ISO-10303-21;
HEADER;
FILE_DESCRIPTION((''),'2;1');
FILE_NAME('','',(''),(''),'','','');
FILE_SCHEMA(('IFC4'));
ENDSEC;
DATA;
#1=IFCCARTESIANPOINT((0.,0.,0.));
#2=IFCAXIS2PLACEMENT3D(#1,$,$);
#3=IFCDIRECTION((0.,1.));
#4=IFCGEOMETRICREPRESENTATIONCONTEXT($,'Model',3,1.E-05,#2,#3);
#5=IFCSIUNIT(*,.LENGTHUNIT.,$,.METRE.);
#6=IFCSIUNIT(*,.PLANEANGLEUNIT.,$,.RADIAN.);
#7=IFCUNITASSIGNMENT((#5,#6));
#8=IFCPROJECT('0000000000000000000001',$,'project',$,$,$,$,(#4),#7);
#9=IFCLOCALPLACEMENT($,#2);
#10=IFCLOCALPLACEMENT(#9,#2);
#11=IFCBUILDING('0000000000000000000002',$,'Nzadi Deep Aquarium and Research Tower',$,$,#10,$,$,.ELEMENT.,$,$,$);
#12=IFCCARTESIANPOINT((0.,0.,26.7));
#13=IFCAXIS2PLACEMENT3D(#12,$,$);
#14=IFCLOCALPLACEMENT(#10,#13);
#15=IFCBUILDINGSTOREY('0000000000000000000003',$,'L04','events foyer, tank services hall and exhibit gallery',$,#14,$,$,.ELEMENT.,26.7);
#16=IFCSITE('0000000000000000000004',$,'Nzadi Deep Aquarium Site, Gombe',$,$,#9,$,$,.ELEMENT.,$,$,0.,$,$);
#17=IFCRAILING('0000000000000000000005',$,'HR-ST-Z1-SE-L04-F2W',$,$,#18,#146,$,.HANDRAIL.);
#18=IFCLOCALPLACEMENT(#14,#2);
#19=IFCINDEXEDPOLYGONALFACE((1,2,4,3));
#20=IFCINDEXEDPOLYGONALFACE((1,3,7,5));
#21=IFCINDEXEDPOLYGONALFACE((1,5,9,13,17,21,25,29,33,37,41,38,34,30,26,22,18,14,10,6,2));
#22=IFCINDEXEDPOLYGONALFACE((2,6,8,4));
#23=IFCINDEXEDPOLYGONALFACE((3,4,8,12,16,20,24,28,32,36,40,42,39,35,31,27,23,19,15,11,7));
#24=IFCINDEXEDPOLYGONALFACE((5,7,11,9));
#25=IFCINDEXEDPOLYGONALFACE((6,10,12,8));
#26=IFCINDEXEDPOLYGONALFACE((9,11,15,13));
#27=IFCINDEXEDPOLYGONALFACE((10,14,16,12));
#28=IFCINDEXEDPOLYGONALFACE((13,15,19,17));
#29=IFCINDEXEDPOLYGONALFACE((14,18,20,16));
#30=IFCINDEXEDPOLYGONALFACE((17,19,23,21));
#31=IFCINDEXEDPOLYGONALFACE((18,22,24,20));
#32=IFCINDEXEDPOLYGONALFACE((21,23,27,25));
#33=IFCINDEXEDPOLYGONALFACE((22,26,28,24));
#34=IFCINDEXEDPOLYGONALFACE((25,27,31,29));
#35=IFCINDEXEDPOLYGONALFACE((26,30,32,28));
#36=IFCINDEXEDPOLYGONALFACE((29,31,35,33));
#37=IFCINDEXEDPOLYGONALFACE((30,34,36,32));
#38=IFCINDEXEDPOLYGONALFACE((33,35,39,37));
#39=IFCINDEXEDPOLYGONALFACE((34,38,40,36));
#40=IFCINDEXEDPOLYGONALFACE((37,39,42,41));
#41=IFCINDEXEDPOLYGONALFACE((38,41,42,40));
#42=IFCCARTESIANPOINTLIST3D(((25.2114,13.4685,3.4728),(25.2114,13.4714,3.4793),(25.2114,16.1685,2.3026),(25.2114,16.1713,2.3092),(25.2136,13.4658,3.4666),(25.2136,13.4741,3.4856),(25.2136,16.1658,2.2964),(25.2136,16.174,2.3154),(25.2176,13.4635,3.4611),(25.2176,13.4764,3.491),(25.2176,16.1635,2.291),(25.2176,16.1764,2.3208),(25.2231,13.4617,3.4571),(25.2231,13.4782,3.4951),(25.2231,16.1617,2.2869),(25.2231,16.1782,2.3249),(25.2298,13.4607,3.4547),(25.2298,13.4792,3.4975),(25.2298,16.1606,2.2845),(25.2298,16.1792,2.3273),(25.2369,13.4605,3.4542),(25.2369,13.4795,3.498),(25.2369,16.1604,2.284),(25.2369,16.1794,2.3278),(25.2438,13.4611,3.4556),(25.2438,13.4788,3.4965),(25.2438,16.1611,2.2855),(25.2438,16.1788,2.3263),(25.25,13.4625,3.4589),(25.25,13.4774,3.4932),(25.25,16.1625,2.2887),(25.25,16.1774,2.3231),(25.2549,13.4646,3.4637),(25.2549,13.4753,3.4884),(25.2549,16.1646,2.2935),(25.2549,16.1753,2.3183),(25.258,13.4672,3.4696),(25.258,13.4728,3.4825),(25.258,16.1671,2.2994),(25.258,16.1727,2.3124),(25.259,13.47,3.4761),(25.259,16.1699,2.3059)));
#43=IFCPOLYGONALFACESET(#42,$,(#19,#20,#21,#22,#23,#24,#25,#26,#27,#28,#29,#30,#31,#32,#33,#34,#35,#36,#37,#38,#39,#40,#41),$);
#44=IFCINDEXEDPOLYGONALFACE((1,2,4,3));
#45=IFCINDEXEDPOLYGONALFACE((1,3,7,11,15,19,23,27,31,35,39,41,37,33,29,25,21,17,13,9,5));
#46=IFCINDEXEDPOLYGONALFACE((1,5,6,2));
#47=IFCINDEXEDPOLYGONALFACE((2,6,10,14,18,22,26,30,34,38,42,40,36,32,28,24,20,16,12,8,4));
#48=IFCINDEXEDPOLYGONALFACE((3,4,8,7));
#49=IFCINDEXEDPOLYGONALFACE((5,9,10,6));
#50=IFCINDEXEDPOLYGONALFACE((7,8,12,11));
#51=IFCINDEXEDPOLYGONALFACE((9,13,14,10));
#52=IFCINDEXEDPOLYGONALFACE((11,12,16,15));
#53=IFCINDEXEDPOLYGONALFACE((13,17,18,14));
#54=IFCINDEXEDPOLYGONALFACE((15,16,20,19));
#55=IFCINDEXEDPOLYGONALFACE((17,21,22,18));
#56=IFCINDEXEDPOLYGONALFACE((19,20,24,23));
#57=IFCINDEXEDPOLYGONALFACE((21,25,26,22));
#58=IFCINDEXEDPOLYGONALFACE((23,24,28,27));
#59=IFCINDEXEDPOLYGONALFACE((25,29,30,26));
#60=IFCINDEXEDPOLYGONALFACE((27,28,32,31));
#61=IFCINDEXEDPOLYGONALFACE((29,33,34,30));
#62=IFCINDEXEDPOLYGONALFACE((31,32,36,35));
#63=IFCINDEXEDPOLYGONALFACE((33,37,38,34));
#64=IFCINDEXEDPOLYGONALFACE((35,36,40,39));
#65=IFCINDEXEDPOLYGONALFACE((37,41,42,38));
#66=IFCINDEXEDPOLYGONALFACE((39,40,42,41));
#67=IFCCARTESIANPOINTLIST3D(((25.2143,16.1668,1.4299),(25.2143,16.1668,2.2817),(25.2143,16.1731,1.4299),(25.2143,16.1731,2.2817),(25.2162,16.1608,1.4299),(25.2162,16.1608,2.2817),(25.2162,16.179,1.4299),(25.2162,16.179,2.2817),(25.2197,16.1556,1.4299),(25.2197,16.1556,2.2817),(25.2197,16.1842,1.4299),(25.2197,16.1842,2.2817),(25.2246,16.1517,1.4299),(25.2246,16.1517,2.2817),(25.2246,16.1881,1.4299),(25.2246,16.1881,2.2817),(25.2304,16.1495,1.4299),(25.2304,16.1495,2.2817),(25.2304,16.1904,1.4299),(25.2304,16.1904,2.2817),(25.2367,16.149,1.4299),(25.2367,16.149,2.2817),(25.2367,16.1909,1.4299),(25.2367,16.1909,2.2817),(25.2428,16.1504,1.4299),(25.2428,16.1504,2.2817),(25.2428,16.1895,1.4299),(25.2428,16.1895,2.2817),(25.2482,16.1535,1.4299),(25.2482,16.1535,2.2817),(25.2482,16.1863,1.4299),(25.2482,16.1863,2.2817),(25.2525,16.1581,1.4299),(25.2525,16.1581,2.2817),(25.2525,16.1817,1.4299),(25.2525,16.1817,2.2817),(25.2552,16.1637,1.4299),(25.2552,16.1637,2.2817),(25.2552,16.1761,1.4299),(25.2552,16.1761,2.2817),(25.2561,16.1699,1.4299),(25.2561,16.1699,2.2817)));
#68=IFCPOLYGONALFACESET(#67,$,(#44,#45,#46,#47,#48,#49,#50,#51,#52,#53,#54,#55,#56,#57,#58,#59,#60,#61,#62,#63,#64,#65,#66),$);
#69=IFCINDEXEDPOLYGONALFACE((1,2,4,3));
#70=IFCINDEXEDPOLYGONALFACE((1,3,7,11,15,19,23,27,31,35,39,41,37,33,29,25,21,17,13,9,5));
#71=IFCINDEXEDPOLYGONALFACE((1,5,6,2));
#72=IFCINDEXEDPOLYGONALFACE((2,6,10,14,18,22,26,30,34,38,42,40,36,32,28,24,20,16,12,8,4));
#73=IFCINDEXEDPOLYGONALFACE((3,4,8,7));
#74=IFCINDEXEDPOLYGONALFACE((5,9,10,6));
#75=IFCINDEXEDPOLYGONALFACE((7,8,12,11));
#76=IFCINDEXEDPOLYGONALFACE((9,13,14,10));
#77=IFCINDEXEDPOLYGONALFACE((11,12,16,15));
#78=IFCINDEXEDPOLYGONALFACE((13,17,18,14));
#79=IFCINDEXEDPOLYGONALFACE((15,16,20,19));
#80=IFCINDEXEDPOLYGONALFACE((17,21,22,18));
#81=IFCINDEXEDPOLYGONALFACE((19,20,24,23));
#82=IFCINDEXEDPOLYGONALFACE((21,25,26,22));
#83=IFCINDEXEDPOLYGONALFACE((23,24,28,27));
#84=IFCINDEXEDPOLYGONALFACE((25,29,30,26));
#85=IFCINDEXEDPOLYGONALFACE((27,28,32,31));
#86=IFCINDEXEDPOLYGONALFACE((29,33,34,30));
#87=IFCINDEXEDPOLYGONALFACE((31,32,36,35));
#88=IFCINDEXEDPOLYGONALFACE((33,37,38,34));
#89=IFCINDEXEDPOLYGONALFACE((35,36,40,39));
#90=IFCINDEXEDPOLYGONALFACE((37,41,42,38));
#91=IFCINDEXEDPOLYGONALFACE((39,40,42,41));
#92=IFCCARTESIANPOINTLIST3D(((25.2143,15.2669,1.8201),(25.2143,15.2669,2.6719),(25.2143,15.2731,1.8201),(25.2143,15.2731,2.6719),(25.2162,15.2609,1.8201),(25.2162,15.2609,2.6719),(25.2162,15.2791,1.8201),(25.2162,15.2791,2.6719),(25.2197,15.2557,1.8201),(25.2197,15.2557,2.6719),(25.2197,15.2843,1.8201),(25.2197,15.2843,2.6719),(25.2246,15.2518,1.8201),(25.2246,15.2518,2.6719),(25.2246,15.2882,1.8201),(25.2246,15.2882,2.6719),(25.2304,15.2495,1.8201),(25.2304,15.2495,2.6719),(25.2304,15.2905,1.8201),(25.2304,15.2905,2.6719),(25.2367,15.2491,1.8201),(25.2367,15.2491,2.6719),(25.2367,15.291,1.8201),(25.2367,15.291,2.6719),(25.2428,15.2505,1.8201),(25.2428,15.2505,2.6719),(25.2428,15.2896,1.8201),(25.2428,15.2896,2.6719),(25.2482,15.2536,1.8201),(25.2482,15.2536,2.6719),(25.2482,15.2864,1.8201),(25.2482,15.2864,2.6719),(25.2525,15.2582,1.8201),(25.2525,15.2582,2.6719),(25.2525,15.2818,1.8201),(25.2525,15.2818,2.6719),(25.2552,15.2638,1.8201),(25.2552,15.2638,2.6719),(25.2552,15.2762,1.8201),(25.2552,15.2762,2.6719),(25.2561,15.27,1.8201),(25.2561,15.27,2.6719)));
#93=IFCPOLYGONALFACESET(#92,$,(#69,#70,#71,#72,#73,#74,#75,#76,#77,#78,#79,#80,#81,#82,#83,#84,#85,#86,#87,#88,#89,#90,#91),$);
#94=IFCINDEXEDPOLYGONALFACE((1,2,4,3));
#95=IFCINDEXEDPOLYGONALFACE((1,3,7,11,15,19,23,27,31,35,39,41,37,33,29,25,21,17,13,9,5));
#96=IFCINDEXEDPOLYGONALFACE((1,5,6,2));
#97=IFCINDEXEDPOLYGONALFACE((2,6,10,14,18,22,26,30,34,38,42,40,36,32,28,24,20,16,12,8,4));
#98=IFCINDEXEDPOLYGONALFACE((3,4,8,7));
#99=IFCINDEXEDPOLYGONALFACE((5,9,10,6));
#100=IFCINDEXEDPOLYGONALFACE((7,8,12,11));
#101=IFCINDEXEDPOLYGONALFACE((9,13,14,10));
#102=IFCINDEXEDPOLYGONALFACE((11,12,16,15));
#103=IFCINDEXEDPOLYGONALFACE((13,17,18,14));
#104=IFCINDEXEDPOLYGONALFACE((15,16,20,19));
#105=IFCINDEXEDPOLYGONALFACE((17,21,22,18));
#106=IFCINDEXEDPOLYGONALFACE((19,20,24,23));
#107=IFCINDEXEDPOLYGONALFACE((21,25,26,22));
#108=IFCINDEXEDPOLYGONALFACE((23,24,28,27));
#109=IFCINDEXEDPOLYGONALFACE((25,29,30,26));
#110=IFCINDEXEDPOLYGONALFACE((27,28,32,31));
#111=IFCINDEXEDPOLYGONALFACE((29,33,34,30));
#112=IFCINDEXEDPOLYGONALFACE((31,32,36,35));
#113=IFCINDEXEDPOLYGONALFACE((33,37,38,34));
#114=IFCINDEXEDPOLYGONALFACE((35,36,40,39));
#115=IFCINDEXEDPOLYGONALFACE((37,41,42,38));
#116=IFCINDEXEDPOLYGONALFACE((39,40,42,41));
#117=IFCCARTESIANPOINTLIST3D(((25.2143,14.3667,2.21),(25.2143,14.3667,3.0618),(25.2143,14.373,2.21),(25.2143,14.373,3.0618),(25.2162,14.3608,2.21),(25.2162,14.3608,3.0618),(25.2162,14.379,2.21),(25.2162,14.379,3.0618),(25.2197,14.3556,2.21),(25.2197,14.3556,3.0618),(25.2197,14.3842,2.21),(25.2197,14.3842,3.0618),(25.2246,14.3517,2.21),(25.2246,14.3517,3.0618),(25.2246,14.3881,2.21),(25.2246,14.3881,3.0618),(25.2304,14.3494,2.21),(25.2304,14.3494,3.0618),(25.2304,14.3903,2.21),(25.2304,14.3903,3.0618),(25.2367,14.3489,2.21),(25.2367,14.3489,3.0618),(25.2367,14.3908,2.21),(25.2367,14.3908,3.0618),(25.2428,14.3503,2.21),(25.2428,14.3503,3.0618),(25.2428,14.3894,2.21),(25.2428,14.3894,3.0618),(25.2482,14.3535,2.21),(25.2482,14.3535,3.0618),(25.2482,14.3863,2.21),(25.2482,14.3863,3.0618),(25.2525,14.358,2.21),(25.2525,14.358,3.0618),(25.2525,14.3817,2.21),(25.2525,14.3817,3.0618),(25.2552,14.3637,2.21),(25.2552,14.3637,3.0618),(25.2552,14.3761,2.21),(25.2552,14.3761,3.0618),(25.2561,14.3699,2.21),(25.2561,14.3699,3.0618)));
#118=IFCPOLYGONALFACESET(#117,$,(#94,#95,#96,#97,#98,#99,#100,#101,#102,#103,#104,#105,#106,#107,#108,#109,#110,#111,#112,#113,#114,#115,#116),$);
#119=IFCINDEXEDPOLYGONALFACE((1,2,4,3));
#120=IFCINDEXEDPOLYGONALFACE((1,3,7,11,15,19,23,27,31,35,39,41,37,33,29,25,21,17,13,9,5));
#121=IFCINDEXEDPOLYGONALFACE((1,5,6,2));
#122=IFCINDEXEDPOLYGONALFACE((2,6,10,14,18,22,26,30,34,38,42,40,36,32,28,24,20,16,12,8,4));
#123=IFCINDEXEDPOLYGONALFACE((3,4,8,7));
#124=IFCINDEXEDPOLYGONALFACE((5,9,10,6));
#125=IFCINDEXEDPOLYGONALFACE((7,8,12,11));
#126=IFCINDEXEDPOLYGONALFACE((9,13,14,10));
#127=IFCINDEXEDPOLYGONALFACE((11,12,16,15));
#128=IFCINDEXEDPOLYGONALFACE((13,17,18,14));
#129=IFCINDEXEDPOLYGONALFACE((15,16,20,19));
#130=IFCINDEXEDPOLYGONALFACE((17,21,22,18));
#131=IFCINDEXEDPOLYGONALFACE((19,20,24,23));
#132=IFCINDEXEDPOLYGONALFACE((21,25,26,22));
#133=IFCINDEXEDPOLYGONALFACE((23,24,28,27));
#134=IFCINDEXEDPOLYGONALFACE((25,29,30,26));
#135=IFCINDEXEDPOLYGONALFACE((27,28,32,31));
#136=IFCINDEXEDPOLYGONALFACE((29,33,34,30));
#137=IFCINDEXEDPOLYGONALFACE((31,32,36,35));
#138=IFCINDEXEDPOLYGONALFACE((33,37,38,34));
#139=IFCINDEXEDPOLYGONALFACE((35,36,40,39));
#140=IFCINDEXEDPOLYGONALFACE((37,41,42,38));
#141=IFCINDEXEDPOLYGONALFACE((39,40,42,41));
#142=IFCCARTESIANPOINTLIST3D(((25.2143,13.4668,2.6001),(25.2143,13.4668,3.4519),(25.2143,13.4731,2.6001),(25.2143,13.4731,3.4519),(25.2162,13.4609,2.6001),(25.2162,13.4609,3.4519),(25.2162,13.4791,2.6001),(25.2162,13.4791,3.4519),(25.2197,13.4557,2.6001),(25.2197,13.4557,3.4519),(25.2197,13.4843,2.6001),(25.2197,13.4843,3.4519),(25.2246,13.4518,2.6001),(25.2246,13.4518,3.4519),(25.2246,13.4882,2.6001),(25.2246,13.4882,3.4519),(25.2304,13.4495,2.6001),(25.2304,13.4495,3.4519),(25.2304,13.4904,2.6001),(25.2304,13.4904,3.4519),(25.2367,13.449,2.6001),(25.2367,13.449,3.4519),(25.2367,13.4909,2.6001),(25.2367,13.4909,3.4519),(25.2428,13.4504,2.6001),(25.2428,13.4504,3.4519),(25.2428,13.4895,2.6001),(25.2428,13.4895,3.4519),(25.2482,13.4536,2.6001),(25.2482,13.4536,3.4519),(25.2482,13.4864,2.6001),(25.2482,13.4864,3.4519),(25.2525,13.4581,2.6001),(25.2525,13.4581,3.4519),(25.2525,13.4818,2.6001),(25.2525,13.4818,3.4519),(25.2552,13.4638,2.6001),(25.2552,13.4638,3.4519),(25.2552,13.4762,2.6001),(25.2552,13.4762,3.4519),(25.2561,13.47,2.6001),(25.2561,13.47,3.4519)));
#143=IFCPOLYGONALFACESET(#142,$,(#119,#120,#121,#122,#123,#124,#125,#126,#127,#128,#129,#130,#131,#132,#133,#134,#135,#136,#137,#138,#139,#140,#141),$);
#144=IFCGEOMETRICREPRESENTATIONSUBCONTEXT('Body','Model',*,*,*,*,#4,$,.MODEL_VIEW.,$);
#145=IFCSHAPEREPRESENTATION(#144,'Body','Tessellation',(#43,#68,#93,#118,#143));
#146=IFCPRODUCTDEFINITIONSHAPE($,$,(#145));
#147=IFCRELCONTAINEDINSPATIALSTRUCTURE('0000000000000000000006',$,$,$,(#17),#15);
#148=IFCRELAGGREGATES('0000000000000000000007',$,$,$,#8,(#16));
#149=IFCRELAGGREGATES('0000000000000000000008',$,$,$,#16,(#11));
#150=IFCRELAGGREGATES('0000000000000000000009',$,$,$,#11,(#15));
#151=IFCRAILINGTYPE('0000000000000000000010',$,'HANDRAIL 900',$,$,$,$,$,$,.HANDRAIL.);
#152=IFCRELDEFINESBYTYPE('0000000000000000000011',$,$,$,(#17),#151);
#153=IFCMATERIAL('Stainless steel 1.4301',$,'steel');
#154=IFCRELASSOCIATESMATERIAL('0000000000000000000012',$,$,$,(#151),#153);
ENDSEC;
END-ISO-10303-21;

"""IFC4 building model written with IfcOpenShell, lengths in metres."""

from ifc_helpers import new_model, si_unit, direction, frame, origin, origin_2d, place, context, subcontext, project, spatial, circle, extrude, material, type_object, element, save


model = new_model("IFC4")

# Units and contexts
model_context = context("Model", 3, precision=1e-05, world=origin(), true_north=direction((0.0, 1.0)))
body_context = subcontext(model_context, "Body", "Model", "MODEL_VIEW")
ifc_project = project(units=[si_unit("LENGTHUNIT", "METRE"), si_unit("PLANEANGLEUNIT", "RADIAN")], contexts=[model_context])

# Site, building, storey
site_placement = place(None, origin())
site = spatial("IfcSite", under=ifc_project, at=site_placement, Name="Nzadi Deep Aquarium Site, Gombe", CompositionType="ELEMENT", RefElevation=0.0)
building_placement = place(site_placement, origin())
building = spatial("IfcBuilding", under=site, at=building_placement, Name="Nzadi Deep Aquarium and Research Tower", CompositionType="ELEMENT")
storey_placement = place(building_placement, frame((0.0, 0.0, 26.7)))
storey = spatial("IfcBuildingStorey", under=building, at=storey_placement, Name="L04", Description="events foyer, tank services hall and exhibit gallery", CompositionType="ELEMENT", Elevation=26.7)

# Railing
ifc_material_1 = material(Name="Stainless steel 1.4301", Category="steel")
railing_type = type_object("IfcRailingType", Name="HANDRAIL 900", PredefinedType="HANDRAIL", material=ifc_material_1)
for number, where, name in (
    (1, (25.2351, 16.1699, 1.4299), "HR-ST-Z1-SE-L04-F2W"),
):
    element("IfcRailing", number, at=place(storey_placement, frame(where)), inside=storey, type_object=railing_type, Name=name, PredefinedType="HANDRAIL", context=body_context, shape_type="SweptSolid", body=[
        extrude(circle(Radius=0.0239, at=origin_2d()), frame((0.0, 0.0, 0.876), z_axis=(0.0, -0.917532, 0.397661), x_axis=(1.0, 0.0, 0.0)), (0.0, 0.0, 1.0), 2.9426),
        extrude(circle(Radius=0.021, at=origin_2d()), origin(), (0.0, 0.0, 1.0), 0.8518),
        extrude(circle(Radius=0.021, at=origin_2d()), frame((0.0, -0.8999, 0.3901)), (0.0, 0.0, 1.0), 0.8518),
        extrude(circle(Radius=0.021, at=origin_2d()), frame((0.0, -1.8, 0.78)), (0.0, 0.0, 1.0), 0.8518),
        extrude(circle(Radius=0.021, at=origin_2d()), frame((0.0, -2.7, 1.1702)), (0.0, 0.0, 1.0), 0.8518),
    ])

save(model, "model.ifc")
